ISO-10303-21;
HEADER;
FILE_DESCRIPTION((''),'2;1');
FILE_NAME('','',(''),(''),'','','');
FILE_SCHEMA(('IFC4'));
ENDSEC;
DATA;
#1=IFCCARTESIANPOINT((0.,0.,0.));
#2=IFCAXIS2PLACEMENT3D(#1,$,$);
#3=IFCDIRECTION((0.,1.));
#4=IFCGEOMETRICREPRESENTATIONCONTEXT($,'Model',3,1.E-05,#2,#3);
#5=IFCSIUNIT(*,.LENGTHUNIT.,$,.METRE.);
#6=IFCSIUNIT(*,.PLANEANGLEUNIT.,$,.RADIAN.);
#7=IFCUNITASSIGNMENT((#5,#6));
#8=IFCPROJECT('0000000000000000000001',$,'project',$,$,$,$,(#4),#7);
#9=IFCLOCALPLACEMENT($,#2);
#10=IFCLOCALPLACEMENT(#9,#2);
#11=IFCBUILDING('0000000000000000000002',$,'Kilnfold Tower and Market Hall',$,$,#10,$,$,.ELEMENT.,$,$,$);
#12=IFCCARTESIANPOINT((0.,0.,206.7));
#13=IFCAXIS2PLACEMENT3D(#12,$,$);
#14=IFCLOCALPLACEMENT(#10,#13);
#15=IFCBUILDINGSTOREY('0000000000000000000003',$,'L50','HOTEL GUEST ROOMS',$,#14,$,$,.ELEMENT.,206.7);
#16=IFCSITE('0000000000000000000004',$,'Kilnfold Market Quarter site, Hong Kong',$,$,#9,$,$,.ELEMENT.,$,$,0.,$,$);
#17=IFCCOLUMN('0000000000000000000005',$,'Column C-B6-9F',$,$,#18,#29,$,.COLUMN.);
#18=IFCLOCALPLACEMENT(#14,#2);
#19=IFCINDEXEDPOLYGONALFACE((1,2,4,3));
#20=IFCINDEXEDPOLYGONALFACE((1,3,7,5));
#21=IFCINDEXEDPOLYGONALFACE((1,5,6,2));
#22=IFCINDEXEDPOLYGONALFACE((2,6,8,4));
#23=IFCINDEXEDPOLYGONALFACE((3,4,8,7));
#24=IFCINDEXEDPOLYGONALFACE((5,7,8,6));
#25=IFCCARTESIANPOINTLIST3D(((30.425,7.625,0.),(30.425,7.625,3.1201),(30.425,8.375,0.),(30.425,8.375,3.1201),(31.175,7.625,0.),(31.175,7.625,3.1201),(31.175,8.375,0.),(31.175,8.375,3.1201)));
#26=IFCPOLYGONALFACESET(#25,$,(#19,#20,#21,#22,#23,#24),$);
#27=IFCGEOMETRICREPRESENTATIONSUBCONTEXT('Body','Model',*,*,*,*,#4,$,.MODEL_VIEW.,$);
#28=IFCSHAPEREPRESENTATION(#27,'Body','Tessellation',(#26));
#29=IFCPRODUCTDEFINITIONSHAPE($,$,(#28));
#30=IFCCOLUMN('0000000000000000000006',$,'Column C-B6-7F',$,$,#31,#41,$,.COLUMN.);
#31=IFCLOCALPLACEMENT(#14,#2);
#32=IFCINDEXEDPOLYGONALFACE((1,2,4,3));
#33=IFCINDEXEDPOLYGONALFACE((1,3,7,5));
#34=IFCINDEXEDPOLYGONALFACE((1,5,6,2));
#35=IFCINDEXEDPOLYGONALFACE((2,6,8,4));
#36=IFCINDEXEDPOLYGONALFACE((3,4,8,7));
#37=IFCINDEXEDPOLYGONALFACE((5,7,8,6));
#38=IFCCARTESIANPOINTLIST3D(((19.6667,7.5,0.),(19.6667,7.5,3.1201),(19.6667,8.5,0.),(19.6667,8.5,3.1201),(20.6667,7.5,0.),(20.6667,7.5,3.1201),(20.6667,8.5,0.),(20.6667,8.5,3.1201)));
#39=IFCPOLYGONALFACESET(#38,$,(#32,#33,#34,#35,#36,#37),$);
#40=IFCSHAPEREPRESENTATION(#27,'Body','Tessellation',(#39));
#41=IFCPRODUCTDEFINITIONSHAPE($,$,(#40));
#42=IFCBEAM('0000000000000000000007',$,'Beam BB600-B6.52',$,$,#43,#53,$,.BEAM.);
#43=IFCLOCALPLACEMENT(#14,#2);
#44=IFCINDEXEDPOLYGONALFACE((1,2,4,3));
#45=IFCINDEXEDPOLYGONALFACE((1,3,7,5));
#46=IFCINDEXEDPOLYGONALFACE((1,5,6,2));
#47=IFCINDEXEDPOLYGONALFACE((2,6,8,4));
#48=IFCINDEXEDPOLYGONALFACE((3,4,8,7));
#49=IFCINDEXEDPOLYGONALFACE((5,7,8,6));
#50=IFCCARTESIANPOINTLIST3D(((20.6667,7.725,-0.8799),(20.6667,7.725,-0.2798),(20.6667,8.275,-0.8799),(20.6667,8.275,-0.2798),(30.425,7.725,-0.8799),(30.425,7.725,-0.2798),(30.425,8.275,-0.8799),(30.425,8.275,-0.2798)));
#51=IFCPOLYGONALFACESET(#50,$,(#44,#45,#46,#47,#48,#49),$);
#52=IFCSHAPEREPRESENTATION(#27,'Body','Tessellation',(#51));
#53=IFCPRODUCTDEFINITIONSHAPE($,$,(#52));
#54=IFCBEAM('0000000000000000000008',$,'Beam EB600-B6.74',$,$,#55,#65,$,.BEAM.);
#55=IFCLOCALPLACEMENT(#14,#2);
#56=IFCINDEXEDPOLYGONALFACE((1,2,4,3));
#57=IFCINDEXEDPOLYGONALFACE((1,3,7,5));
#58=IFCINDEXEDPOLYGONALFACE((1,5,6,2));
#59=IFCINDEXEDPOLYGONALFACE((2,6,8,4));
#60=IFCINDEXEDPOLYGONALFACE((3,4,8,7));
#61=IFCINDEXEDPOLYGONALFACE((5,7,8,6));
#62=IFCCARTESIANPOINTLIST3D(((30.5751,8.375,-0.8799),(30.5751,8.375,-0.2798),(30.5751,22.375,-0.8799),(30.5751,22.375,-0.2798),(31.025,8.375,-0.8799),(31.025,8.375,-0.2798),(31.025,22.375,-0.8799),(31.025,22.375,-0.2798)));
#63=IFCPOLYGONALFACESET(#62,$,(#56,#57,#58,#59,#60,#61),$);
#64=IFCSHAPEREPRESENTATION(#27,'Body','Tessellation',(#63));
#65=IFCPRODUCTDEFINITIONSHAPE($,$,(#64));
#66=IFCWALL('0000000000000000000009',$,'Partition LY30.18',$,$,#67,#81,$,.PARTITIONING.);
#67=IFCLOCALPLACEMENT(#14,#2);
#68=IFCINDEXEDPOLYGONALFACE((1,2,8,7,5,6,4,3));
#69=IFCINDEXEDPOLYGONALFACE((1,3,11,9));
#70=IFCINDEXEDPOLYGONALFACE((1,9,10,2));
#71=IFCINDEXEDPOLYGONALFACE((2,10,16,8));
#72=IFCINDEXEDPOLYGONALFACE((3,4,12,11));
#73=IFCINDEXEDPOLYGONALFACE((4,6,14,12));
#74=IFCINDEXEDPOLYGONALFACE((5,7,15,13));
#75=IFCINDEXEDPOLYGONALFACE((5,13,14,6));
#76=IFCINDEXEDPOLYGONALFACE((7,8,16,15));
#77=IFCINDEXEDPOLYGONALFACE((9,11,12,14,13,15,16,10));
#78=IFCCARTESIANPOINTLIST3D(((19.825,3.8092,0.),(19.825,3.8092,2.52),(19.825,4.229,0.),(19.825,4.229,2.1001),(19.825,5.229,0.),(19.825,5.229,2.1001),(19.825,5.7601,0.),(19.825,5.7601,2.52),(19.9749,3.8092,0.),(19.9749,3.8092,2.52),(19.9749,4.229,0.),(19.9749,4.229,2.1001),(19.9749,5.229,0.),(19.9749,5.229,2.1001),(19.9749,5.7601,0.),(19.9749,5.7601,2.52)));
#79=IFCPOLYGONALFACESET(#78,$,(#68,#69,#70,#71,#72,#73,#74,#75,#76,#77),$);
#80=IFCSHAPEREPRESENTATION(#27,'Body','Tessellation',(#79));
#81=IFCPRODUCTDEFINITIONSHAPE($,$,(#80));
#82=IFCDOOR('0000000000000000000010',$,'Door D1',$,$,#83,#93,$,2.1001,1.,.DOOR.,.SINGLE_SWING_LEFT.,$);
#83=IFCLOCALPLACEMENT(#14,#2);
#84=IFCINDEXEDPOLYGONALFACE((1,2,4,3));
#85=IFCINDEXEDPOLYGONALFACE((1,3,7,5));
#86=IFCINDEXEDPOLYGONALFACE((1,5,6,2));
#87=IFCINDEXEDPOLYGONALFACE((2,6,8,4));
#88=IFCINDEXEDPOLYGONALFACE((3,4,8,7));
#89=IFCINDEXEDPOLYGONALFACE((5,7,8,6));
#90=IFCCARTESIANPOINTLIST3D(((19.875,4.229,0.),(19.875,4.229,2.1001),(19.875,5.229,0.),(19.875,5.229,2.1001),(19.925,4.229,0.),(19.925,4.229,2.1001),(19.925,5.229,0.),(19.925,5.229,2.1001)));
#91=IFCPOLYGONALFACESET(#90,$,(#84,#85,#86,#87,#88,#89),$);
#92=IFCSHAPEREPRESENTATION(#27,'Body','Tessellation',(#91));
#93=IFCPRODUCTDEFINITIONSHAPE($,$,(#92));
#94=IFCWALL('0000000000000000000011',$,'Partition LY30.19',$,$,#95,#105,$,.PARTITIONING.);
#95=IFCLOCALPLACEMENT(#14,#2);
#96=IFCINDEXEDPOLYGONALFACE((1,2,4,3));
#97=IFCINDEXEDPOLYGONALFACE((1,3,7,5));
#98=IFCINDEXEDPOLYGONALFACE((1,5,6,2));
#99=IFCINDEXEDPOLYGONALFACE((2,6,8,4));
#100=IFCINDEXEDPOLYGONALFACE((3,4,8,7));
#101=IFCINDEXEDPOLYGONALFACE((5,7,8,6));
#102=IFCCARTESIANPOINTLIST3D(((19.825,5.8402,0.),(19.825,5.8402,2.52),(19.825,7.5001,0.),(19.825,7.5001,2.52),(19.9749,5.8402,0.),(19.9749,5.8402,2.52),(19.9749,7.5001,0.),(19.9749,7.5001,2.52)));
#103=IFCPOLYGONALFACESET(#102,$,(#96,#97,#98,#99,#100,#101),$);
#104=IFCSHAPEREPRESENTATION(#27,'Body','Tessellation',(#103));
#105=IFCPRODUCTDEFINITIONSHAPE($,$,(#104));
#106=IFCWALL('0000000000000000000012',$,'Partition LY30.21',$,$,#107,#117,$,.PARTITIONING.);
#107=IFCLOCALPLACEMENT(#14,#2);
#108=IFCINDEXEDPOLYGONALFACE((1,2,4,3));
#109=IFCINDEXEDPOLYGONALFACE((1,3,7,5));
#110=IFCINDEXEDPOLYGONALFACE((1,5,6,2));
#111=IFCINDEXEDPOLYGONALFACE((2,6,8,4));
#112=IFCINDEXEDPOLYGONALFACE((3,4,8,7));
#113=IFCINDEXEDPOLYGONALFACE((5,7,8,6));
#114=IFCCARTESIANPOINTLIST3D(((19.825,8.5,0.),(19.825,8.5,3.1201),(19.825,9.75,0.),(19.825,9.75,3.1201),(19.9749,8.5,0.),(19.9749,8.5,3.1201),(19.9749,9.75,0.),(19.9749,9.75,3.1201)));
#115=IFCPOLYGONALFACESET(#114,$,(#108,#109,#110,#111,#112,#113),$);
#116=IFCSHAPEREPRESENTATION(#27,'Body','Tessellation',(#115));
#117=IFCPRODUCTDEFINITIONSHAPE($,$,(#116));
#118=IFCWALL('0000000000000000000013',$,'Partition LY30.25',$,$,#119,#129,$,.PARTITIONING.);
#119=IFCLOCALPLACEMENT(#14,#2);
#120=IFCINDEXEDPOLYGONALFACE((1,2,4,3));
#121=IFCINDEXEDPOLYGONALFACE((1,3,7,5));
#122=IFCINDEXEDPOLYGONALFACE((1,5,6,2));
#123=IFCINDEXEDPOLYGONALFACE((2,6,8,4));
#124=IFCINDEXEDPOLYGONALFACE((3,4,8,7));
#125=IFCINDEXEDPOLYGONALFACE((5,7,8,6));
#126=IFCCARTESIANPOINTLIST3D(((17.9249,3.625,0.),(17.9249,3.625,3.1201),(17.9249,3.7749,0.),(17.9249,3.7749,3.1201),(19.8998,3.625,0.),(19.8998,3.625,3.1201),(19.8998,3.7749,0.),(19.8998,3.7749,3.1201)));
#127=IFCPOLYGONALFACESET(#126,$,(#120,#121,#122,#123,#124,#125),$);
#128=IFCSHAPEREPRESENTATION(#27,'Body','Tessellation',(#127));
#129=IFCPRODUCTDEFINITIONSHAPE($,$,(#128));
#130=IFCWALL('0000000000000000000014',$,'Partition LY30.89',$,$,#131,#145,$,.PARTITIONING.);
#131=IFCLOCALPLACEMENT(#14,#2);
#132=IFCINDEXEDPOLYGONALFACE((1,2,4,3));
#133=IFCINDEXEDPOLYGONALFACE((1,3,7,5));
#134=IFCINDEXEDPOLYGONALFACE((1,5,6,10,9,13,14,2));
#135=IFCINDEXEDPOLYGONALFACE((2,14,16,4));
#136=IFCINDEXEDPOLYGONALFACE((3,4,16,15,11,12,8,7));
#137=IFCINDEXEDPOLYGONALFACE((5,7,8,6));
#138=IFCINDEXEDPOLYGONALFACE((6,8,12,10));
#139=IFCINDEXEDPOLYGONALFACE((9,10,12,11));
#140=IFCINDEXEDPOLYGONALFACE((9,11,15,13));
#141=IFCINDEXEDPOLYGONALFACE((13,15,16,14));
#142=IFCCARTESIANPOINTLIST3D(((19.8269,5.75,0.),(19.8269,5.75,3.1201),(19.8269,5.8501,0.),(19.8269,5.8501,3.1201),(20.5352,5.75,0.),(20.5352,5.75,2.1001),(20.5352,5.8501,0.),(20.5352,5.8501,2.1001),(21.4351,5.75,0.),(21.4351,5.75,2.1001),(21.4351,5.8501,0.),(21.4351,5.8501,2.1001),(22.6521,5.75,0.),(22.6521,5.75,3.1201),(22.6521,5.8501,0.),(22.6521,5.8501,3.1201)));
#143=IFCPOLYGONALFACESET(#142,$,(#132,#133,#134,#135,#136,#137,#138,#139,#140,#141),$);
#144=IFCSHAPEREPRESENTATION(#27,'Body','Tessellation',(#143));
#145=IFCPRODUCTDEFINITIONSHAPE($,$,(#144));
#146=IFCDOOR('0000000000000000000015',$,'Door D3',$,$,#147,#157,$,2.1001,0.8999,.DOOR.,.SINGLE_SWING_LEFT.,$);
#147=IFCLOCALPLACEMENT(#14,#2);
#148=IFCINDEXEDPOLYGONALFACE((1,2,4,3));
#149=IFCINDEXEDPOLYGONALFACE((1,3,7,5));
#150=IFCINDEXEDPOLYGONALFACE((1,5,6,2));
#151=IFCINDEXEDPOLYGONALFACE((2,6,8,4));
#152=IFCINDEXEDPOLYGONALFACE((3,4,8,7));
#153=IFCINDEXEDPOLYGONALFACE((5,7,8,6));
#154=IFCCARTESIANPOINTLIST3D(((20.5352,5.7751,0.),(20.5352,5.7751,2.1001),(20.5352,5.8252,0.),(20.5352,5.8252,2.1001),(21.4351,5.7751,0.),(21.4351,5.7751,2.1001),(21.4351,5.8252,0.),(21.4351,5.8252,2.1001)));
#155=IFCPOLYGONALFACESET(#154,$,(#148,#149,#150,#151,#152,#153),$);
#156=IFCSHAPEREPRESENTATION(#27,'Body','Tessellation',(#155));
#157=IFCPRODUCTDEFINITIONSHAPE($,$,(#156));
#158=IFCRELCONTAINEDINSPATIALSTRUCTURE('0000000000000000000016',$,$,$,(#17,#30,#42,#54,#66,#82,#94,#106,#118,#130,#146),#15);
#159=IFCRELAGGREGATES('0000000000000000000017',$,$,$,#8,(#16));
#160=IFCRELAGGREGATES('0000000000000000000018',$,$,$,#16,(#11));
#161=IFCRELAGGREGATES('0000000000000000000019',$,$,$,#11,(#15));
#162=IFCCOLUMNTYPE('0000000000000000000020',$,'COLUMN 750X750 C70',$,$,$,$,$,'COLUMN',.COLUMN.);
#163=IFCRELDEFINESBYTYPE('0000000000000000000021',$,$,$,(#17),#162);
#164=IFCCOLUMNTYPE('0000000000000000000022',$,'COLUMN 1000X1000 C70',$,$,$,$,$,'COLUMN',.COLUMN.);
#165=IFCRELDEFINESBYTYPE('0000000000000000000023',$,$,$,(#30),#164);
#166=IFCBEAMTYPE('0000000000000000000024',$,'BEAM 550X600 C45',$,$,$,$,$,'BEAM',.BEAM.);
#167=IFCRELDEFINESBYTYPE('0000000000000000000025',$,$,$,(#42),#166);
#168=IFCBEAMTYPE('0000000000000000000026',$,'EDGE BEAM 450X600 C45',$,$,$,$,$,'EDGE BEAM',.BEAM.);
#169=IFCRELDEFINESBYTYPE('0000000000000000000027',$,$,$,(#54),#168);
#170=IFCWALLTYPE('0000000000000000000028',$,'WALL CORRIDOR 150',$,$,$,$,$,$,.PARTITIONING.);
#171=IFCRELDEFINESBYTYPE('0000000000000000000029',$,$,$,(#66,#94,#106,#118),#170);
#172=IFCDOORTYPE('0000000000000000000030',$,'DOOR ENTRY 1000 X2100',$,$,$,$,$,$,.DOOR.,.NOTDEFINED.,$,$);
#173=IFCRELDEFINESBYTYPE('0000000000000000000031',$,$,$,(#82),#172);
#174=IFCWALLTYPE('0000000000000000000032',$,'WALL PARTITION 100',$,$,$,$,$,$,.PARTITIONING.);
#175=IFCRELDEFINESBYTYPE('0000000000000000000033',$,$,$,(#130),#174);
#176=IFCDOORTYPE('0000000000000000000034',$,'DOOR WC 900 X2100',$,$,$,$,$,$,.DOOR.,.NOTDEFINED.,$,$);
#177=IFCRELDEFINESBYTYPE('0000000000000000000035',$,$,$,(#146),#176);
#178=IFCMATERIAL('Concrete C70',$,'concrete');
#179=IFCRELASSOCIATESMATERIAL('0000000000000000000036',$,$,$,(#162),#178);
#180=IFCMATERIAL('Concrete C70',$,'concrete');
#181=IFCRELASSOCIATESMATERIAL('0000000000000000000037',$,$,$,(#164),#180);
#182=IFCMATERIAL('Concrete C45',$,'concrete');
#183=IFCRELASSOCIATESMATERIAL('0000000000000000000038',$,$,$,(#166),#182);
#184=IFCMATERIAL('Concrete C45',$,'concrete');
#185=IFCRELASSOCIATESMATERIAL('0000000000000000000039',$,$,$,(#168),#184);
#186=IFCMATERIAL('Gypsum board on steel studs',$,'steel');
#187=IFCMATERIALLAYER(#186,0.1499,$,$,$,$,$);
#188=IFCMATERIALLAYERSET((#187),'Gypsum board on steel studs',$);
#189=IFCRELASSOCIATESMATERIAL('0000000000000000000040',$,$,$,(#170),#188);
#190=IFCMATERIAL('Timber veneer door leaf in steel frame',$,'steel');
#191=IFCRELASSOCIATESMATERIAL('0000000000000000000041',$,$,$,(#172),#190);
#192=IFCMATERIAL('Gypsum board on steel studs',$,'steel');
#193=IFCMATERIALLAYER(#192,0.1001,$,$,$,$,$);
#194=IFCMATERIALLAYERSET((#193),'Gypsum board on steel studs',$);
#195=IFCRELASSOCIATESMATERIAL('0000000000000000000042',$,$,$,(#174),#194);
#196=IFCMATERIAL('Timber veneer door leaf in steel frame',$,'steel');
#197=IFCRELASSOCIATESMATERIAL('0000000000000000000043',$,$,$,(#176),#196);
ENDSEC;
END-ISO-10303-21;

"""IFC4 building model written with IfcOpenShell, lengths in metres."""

from ifc_helpers import new_model, si_unit, direction, frame, frame_2d, origin, origin_2d, place, context, subcontext, project, spatial, rectangle, extrude, source, transform, mapped, material, layer, layer_set, material_profile, profile_set, type_object, element, fill, save


model = new_model("IFC4")

# Units and contexts
model_context = context("Model", 3, precision=1e-05, world=origin(), true_north=direction((0.0, 1.0)))
body_context = subcontext(model_context, "Body", "Model", "MODEL_VIEW")
ifc_project = project(units=[si_unit("LENGTHUNIT", "METRE"), si_unit("PLANEANGLEUNIT", "RADIAN")], contexts=[model_context])

# Site, building, storey
site_placement = place(None, origin())
site = spatial("IfcSite", under=ifc_project, at=site_placement, Name="Kilnfold Market Quarter site, Hong Kong", CompositionType="ELEMENT", RefElevation=0.0)
building_placement = place(site_placement, origin())
building = spatial("IfcBuilding", under=site, at=building_placement, Name="Kilnfold Tower and Market Hall", CompositionType="ELEMENT")
storey_placement = place(building_placement, frame((0.0, 0.0, 206.7)))
storey = spatial("IfcBuildingStorey", under=building, at=storey_placement, Name="L50", Description="HOTEL GUEST ROOMS", CompositionType="ELEMENT", Elevation=206.7)

# Columns
ifc_material_1 = material(Name="Concrete C70", Category="concrete")
ifc_material_profile_1 = material_profile(ifc_material_1, rectangle(XDim=0.75, YDim=0.75, at=origin_2d()), Name="RC 750x750")
ifc_profile_set_1 = profile_set([ifc_material_profile_1], Name="Concrete C70")
column_type_1 = type_object("IfcColumnType", Name="COLUMN 750X750 C70", ElementType="COLUMN", PredefinedType="COLUMN", material=ifc_profile_set_1)
shared_shape_1 = source(origin(), body_context, "Body", "SweptSolid", [
    extrude(rectangle(XDim=0.75, YDim=0.75, at=origin_2d()), origin(), (0.0, 0.0, 1.0), 3.1201),
])
column_1_placement = place(storey_placement, frame((30.8, 8.0, 0.0), z_axis=(0.0, 0.0, 1.0), x_axis=(1.0, 0.0, 0.0)))
element("IfcColumn", 1, at=column_1_placement, inside=storey, type_object=column_type_1, Name="Column C-B6-9F", PredefinedType="COLUMN", context=body_context, shape_type="MappedRepresentation", body=[
    mapped(shared_shape_1, transform((0.0, 0.0, 0.0))),
])
ifc_material_2 = material(Name="Concrete C70", Category="concrete")
ifc_material_profile_2 = material_profile(ifc_material_2, rectangle(XDim=1.0, YDim=1.0, at=origin_2d()), Name="RC 1000x1000")
ifc_profile_set_2 = profile_set([ifc_material_profile_2], Name="Concrete C70")
column_type_2 = type_object("IfcColumnType", Name="COLUMN 1000X1000 C70", ElementType="COLUMN", PredefinedType="COLUMN", material=ifc_profile_set_2)
shared_shape_2 = source(origin(), body_context, "Body", "SweptSolid", [
    extrude(rectangle(XDim=1.0, YDim=1.0, at=origin_2d()), origin(), (0.0, 0.0, 1.0), 3.1201),
])
column_2_placement = place(storey_placement, frame((20.1667, 8.0, 0.0), z_axis=(0.0, 0.0, 1.0), x_axis=(1.0, 0.0, 0.0)))
element("IfcColumn", 2, at=column_2_placement, inside=storey, type_object=column_type_2, Name="Column C-B6-7F", PredefinedType="COLUMN", context=body_context, shape_type="MappedRepresentation", body=[
    mapped(shared_shape_2, transform((0.0, 0.0, 0.0))),
])

# Beams
ifc_material_3 = material(Name="Concrete C45", Category="concrete")
ifc_material_profile_3 = material_profile(ifc_material_3, rectangle(XDim=0.55, YDim=0.6001, at=origin_2d()), Name="RC 550x600")
ifc_profile_set_3 = profile_set([ifc_material_profile_3], Name="Concrete C45")
beam_type_1 = type_object("IfcBeamType", Name="BEAM 550X600 C45", ElementType="BEAM", PredefinedType="BEAM", material=ifc_profile_set_3)
shared_shape_3 = source(origin(), body_context, "Body", "SweptSolid", [
    extrude(rectangle(XDim=0.55, YDim=0.6001, at=origin_2d()), origin(), (0.0, 0.0, 1.0), 9.7583),
])
beam_1_placement = place(storey_placement, frame((20.6667, 8.0, -0.5798), z_axis=(1.0, 0.0, 0.0), x_axis=(0.0, 1.0, 0.0)))
element("IfcBeam", 3, at=beam_1_placement, inside=storey, type_object=beam_type_1, Name="Beam BB600-B6.52", PredefinedType="BEAM", context=body_context, shape_type="MappedRepresentation", body=[
    mapped(shared_shape_3, transform((0.0, 0.0, 0.0))),
])
ifc_material_4 = material(Name="Concrete C45", Category="concrete")
ifc_material_profile_4 = material_profile(ifc_material_4, rectangle(XDim=0.45, YDim=0.6001, at=origin_2d()), Name="RC 450x600")
ifc_profile_set_4 = profile_set([ifc_material_profile_4], Name="Concrete C45")
beam_type_2 = type_object("IfcBeamType", Name="EDGE BEAM 450X600 C45", ElementType="EDGE BEAM", PredefinedType="BEAM", material=ifc_profile_set_4)
shared_shape_4 = source(origin(), body_context, "Body", "SweptSolid", [
    extrude(rectangle(XDim=0.45, YDim=0.6001, at=origin_2d()), origin(), (0.0, 0.0, 1.0), 14.0),
])
beam_2_placement = place(storey_placement, frame((30.8, 8.375, -0.5798), z_axis=(0.0, 1.0, 0.0), x_axis=(-1.0, 0.0, 0.0)))
element("IfcBeam", 4, at=beam_2_placement, inside=storey, type_object=beam_type_2, Name="Beam EB600-B6.74", PredefinedType="BEAM", context=body_context, shape_type="MappedRepresentation", body=[
    mapped(shared_shape_4, transform((0.0, 0.0, 0.0))),
])

# Wall, opening, door
ifc_material_5 = material(Name="Gypsum board on steel studs", Category="steel")
ifc_layer_1 = layer(ifc_material_5, 0.1499)
ifc_layer_set_1 = layer_set([ifc_layer_1], Name="Gypsum board on steel studs")
wall_type_1 = type_object("IfcWallType", Name="WALL CORRIDOR 150", PredefinedType="PARTITIONING", material=ifc_layer_set_1)
wall_1_placement = place(storey_placement, frame((19.8999, 3.8091, 0.0), z_axis=(0.0, 0.0, 1.0), x_axis=(0.0, 1.0, 0.0)))
wall_1 = element("IfcWall", 5, at=wall_1_placement, inside=storey, type_object=wall_type_1, Name="Partition LY30.18", PredefinedType="PARTITIONING", context=body_context, shape_type="SweptSolid", body=[
    extrude(rectangle(XDim=1.9509, YDim=0.1499, at=frame_2d((0.9756, 0.0))), origin(), (0.0, 0.0, 1.0), 2.52),
])
opening_1_placement = place(wall_1_placement, frame((0.4199, 0.0, 0.0)))
opening_1 = element("IfcOpeningElement", 6, at=opening_1_placement, cuts=wall_1, PredefinedType="OPENING", context=body_context, shape_type="SweptSolid", body=[
    extrude(rectangle(XDim=1.0, YDim=2.1001, at=frame_2d((0.5, 1.05))), frame((0.0, 0.085, 0.0), z_axis=(0.0, -1.0, 0.0), x_axis=(1.0, 0.0, 0.0)), (0.0, 0.0, 1.0), 0.1699),
])
ifc_material_6 = material(Name="Timber veneer door leaf in steel frame", Category="steel")
door_type_1 = type_object("IfcDoorType", Name="DOOR ENTRY 1000 X2100", OperationType="NOTDEFINED", PredefinedType="DOOR", material=ifc_material_6)
door_1_placement = place(opening_1_placement, origin())
door_1 = element("IfcDoor", 7, at=door_1_placement, inside=storey, type_object=door_type_1, Name="Door D1", OperationType="SINGLE_SWING_LEFT", OverallHeight=2.1001, OverallWidth=1.0, PredefinedType="DOOR", context=body_context, shape_type="SweptSolid", body=[
    extrude(rectangle(XDim=1.0, YDim=2.1001, at=frame_2d((0.5, 1.05))), frame((0.0, 0.0249, 0.0), z_axis=(0.0, -1.0, 0.0), x_axis=(1.0, 0.0, 0.0)), (0.0, 0.0, 1.0), 0.05),
])
fill(opening_1, door_1)

# Walls
wall_2_placement = place(storey_placement, frame((19.8999, 5.8401, 0.0), z_axis=(0.0, 0.0, 1.0), x_axis=(0.0, 1.0, 0.0)))
element("IfcWall", 8, at=wall_2_placement, inside=storey, type_object=wall_type_1, Name="Partition LY30.19", PredefinedType="PARTITIONING", context=body_context, shape_type="SweptSolid", body=[
    extrude(rectangle(XDim=1.6599, YDim=0.1499, at=frame_2d((0.8301, 0.0))), origin(), (0.0, 0.0, 1.0), 2.52),
])
wall_3_placement = place(storey_placement, frame((19.8999, 8.5, 0.0), z_axis=(0.0, 0.0, 1.0), x_axis=(0.0, 1.0, 0.0)))
element("IfcWall", 9, at=wall_3_placement, inside=storey, type_object=wall_type_1, Name="Partition LY30.21", PredefinedType="PARTITIONING", context=body_context, shape_type="SweptSolid", body=[
    extrude(rectangle(XDim=1.25, YDim=0.1499, at=frame_2d((0.625, 0.0))), origin(), (0.0, 0.0, 1.0), 3.1201),
])
wall_4_placement = place(storey_placement, frame((17.925, 3.7, 0.0), z_axis=(0.0, 0.0, 1.0), x_axis=(1.0, 0.0, 0.0)))
element("IfcWall", 10, at=wall_4_placement, inside=storey, type_object=wall_type_1, Name="Partition LY30.25", PredefinedType="PARTITIONING", context=body_context, shape_type="SweptSolid", body=[
    extrude(rectangle(XDim=1.9749, YDim=0.1499, at=frame_2d((0.9873, 0.0))), origin(), (0.0, 0.0, 1.0), 3.1201),
])

# Wall, opening, door
ifc_material_7 = material(Name="Gypsum board on steel studs", Category="steel")
ifc_layer_2 = layer(ifc_material_7, 0.1001)
ifc_layer_set_2 = layer_set([ifc_layer_2], Name="Gypsum board on steel studs")
wall_type_2 = type_object("IfcWallType", Name="WALL PARTITION 100", PredefinedType="PARTITIONING", material=ifc_layer_set_2)
wall_5_placement = place(storey_placement, frame((22.6521, 5.8, 0.0), z_axis=(0.0, 0.0, 1.0), x_axis=(-1.0, 0.0, 0.0)))
wall_5 = element("IfcWall", 11, at=wall_5_placement, inside=storey, type_object=wall_type_2, Name="Partition LY30.89", PredefinedType="PARTITIONING", context=body_context, shape_type="SweptSolid", body=[
    extrude(rectangle(XDim=2.8252, YDim=0.1001, at=frame_2d((1.4126, 0.0))), origin(), (0.0, 0.0, 1.0), 3.1201),
])
opening_2_placement = place(wall_5_placement, frame((1.217, 0.0, 0.0)))
opening_2 = element("IfcOpeningElement", 12, at=opening_2_placement, cuts=wall_5, PredefinedType="OPENING", context=body_context, shape_type="SweptSolid", body=[
    extrude(rectangle(XDim=0.8999, YDim=2.1001, at=frame_2d((0.45, 1.05))), frame((0.0, 0.0601, 0.0), z_axis=(0.0, -1.0, 0.0), x_axis=(1.0, 0.0, 0.0)), (0.0, 0.0, 1.0), 0.1201),
])
ifc_material_8 = material(Name="Timber veneer door leaf in steel frame", Category="steel")
door_type_2 = type_object("IfcDoorType", Name="DOOR WC 900 X2100", OperationType="NOTDEFINED", PredefinedType="DOOR", material=ifc_material_8)
door_2_placement = place(opening_2_placement, origin())
door_2 = element("IfcDoor", 13, at=door_2_placement, inside=storey, type_object=door_type_2, Name="Door D3", OperationType="SINGLE_SWING_LEFT", OverallHeight=2.1001, OverallWidth=0.8999, PredefinedType="DOOR", context=body_context, shape_type="SweptSolid", body=[
    extrude(rectangle(XDim=0.8999, YDim=2.1001, at=frame_2d((0.45, 1.05))), frame((0.0, 0.0249, 0.0), z_axis=(0.0, -1.0, 0.0), x_axis=(1.0, 0.0, 0.0)), (0.0, 0.0, 1.0), 0.05),
])
fill(opening_2, door_2)

save(model, "model.ifc")
